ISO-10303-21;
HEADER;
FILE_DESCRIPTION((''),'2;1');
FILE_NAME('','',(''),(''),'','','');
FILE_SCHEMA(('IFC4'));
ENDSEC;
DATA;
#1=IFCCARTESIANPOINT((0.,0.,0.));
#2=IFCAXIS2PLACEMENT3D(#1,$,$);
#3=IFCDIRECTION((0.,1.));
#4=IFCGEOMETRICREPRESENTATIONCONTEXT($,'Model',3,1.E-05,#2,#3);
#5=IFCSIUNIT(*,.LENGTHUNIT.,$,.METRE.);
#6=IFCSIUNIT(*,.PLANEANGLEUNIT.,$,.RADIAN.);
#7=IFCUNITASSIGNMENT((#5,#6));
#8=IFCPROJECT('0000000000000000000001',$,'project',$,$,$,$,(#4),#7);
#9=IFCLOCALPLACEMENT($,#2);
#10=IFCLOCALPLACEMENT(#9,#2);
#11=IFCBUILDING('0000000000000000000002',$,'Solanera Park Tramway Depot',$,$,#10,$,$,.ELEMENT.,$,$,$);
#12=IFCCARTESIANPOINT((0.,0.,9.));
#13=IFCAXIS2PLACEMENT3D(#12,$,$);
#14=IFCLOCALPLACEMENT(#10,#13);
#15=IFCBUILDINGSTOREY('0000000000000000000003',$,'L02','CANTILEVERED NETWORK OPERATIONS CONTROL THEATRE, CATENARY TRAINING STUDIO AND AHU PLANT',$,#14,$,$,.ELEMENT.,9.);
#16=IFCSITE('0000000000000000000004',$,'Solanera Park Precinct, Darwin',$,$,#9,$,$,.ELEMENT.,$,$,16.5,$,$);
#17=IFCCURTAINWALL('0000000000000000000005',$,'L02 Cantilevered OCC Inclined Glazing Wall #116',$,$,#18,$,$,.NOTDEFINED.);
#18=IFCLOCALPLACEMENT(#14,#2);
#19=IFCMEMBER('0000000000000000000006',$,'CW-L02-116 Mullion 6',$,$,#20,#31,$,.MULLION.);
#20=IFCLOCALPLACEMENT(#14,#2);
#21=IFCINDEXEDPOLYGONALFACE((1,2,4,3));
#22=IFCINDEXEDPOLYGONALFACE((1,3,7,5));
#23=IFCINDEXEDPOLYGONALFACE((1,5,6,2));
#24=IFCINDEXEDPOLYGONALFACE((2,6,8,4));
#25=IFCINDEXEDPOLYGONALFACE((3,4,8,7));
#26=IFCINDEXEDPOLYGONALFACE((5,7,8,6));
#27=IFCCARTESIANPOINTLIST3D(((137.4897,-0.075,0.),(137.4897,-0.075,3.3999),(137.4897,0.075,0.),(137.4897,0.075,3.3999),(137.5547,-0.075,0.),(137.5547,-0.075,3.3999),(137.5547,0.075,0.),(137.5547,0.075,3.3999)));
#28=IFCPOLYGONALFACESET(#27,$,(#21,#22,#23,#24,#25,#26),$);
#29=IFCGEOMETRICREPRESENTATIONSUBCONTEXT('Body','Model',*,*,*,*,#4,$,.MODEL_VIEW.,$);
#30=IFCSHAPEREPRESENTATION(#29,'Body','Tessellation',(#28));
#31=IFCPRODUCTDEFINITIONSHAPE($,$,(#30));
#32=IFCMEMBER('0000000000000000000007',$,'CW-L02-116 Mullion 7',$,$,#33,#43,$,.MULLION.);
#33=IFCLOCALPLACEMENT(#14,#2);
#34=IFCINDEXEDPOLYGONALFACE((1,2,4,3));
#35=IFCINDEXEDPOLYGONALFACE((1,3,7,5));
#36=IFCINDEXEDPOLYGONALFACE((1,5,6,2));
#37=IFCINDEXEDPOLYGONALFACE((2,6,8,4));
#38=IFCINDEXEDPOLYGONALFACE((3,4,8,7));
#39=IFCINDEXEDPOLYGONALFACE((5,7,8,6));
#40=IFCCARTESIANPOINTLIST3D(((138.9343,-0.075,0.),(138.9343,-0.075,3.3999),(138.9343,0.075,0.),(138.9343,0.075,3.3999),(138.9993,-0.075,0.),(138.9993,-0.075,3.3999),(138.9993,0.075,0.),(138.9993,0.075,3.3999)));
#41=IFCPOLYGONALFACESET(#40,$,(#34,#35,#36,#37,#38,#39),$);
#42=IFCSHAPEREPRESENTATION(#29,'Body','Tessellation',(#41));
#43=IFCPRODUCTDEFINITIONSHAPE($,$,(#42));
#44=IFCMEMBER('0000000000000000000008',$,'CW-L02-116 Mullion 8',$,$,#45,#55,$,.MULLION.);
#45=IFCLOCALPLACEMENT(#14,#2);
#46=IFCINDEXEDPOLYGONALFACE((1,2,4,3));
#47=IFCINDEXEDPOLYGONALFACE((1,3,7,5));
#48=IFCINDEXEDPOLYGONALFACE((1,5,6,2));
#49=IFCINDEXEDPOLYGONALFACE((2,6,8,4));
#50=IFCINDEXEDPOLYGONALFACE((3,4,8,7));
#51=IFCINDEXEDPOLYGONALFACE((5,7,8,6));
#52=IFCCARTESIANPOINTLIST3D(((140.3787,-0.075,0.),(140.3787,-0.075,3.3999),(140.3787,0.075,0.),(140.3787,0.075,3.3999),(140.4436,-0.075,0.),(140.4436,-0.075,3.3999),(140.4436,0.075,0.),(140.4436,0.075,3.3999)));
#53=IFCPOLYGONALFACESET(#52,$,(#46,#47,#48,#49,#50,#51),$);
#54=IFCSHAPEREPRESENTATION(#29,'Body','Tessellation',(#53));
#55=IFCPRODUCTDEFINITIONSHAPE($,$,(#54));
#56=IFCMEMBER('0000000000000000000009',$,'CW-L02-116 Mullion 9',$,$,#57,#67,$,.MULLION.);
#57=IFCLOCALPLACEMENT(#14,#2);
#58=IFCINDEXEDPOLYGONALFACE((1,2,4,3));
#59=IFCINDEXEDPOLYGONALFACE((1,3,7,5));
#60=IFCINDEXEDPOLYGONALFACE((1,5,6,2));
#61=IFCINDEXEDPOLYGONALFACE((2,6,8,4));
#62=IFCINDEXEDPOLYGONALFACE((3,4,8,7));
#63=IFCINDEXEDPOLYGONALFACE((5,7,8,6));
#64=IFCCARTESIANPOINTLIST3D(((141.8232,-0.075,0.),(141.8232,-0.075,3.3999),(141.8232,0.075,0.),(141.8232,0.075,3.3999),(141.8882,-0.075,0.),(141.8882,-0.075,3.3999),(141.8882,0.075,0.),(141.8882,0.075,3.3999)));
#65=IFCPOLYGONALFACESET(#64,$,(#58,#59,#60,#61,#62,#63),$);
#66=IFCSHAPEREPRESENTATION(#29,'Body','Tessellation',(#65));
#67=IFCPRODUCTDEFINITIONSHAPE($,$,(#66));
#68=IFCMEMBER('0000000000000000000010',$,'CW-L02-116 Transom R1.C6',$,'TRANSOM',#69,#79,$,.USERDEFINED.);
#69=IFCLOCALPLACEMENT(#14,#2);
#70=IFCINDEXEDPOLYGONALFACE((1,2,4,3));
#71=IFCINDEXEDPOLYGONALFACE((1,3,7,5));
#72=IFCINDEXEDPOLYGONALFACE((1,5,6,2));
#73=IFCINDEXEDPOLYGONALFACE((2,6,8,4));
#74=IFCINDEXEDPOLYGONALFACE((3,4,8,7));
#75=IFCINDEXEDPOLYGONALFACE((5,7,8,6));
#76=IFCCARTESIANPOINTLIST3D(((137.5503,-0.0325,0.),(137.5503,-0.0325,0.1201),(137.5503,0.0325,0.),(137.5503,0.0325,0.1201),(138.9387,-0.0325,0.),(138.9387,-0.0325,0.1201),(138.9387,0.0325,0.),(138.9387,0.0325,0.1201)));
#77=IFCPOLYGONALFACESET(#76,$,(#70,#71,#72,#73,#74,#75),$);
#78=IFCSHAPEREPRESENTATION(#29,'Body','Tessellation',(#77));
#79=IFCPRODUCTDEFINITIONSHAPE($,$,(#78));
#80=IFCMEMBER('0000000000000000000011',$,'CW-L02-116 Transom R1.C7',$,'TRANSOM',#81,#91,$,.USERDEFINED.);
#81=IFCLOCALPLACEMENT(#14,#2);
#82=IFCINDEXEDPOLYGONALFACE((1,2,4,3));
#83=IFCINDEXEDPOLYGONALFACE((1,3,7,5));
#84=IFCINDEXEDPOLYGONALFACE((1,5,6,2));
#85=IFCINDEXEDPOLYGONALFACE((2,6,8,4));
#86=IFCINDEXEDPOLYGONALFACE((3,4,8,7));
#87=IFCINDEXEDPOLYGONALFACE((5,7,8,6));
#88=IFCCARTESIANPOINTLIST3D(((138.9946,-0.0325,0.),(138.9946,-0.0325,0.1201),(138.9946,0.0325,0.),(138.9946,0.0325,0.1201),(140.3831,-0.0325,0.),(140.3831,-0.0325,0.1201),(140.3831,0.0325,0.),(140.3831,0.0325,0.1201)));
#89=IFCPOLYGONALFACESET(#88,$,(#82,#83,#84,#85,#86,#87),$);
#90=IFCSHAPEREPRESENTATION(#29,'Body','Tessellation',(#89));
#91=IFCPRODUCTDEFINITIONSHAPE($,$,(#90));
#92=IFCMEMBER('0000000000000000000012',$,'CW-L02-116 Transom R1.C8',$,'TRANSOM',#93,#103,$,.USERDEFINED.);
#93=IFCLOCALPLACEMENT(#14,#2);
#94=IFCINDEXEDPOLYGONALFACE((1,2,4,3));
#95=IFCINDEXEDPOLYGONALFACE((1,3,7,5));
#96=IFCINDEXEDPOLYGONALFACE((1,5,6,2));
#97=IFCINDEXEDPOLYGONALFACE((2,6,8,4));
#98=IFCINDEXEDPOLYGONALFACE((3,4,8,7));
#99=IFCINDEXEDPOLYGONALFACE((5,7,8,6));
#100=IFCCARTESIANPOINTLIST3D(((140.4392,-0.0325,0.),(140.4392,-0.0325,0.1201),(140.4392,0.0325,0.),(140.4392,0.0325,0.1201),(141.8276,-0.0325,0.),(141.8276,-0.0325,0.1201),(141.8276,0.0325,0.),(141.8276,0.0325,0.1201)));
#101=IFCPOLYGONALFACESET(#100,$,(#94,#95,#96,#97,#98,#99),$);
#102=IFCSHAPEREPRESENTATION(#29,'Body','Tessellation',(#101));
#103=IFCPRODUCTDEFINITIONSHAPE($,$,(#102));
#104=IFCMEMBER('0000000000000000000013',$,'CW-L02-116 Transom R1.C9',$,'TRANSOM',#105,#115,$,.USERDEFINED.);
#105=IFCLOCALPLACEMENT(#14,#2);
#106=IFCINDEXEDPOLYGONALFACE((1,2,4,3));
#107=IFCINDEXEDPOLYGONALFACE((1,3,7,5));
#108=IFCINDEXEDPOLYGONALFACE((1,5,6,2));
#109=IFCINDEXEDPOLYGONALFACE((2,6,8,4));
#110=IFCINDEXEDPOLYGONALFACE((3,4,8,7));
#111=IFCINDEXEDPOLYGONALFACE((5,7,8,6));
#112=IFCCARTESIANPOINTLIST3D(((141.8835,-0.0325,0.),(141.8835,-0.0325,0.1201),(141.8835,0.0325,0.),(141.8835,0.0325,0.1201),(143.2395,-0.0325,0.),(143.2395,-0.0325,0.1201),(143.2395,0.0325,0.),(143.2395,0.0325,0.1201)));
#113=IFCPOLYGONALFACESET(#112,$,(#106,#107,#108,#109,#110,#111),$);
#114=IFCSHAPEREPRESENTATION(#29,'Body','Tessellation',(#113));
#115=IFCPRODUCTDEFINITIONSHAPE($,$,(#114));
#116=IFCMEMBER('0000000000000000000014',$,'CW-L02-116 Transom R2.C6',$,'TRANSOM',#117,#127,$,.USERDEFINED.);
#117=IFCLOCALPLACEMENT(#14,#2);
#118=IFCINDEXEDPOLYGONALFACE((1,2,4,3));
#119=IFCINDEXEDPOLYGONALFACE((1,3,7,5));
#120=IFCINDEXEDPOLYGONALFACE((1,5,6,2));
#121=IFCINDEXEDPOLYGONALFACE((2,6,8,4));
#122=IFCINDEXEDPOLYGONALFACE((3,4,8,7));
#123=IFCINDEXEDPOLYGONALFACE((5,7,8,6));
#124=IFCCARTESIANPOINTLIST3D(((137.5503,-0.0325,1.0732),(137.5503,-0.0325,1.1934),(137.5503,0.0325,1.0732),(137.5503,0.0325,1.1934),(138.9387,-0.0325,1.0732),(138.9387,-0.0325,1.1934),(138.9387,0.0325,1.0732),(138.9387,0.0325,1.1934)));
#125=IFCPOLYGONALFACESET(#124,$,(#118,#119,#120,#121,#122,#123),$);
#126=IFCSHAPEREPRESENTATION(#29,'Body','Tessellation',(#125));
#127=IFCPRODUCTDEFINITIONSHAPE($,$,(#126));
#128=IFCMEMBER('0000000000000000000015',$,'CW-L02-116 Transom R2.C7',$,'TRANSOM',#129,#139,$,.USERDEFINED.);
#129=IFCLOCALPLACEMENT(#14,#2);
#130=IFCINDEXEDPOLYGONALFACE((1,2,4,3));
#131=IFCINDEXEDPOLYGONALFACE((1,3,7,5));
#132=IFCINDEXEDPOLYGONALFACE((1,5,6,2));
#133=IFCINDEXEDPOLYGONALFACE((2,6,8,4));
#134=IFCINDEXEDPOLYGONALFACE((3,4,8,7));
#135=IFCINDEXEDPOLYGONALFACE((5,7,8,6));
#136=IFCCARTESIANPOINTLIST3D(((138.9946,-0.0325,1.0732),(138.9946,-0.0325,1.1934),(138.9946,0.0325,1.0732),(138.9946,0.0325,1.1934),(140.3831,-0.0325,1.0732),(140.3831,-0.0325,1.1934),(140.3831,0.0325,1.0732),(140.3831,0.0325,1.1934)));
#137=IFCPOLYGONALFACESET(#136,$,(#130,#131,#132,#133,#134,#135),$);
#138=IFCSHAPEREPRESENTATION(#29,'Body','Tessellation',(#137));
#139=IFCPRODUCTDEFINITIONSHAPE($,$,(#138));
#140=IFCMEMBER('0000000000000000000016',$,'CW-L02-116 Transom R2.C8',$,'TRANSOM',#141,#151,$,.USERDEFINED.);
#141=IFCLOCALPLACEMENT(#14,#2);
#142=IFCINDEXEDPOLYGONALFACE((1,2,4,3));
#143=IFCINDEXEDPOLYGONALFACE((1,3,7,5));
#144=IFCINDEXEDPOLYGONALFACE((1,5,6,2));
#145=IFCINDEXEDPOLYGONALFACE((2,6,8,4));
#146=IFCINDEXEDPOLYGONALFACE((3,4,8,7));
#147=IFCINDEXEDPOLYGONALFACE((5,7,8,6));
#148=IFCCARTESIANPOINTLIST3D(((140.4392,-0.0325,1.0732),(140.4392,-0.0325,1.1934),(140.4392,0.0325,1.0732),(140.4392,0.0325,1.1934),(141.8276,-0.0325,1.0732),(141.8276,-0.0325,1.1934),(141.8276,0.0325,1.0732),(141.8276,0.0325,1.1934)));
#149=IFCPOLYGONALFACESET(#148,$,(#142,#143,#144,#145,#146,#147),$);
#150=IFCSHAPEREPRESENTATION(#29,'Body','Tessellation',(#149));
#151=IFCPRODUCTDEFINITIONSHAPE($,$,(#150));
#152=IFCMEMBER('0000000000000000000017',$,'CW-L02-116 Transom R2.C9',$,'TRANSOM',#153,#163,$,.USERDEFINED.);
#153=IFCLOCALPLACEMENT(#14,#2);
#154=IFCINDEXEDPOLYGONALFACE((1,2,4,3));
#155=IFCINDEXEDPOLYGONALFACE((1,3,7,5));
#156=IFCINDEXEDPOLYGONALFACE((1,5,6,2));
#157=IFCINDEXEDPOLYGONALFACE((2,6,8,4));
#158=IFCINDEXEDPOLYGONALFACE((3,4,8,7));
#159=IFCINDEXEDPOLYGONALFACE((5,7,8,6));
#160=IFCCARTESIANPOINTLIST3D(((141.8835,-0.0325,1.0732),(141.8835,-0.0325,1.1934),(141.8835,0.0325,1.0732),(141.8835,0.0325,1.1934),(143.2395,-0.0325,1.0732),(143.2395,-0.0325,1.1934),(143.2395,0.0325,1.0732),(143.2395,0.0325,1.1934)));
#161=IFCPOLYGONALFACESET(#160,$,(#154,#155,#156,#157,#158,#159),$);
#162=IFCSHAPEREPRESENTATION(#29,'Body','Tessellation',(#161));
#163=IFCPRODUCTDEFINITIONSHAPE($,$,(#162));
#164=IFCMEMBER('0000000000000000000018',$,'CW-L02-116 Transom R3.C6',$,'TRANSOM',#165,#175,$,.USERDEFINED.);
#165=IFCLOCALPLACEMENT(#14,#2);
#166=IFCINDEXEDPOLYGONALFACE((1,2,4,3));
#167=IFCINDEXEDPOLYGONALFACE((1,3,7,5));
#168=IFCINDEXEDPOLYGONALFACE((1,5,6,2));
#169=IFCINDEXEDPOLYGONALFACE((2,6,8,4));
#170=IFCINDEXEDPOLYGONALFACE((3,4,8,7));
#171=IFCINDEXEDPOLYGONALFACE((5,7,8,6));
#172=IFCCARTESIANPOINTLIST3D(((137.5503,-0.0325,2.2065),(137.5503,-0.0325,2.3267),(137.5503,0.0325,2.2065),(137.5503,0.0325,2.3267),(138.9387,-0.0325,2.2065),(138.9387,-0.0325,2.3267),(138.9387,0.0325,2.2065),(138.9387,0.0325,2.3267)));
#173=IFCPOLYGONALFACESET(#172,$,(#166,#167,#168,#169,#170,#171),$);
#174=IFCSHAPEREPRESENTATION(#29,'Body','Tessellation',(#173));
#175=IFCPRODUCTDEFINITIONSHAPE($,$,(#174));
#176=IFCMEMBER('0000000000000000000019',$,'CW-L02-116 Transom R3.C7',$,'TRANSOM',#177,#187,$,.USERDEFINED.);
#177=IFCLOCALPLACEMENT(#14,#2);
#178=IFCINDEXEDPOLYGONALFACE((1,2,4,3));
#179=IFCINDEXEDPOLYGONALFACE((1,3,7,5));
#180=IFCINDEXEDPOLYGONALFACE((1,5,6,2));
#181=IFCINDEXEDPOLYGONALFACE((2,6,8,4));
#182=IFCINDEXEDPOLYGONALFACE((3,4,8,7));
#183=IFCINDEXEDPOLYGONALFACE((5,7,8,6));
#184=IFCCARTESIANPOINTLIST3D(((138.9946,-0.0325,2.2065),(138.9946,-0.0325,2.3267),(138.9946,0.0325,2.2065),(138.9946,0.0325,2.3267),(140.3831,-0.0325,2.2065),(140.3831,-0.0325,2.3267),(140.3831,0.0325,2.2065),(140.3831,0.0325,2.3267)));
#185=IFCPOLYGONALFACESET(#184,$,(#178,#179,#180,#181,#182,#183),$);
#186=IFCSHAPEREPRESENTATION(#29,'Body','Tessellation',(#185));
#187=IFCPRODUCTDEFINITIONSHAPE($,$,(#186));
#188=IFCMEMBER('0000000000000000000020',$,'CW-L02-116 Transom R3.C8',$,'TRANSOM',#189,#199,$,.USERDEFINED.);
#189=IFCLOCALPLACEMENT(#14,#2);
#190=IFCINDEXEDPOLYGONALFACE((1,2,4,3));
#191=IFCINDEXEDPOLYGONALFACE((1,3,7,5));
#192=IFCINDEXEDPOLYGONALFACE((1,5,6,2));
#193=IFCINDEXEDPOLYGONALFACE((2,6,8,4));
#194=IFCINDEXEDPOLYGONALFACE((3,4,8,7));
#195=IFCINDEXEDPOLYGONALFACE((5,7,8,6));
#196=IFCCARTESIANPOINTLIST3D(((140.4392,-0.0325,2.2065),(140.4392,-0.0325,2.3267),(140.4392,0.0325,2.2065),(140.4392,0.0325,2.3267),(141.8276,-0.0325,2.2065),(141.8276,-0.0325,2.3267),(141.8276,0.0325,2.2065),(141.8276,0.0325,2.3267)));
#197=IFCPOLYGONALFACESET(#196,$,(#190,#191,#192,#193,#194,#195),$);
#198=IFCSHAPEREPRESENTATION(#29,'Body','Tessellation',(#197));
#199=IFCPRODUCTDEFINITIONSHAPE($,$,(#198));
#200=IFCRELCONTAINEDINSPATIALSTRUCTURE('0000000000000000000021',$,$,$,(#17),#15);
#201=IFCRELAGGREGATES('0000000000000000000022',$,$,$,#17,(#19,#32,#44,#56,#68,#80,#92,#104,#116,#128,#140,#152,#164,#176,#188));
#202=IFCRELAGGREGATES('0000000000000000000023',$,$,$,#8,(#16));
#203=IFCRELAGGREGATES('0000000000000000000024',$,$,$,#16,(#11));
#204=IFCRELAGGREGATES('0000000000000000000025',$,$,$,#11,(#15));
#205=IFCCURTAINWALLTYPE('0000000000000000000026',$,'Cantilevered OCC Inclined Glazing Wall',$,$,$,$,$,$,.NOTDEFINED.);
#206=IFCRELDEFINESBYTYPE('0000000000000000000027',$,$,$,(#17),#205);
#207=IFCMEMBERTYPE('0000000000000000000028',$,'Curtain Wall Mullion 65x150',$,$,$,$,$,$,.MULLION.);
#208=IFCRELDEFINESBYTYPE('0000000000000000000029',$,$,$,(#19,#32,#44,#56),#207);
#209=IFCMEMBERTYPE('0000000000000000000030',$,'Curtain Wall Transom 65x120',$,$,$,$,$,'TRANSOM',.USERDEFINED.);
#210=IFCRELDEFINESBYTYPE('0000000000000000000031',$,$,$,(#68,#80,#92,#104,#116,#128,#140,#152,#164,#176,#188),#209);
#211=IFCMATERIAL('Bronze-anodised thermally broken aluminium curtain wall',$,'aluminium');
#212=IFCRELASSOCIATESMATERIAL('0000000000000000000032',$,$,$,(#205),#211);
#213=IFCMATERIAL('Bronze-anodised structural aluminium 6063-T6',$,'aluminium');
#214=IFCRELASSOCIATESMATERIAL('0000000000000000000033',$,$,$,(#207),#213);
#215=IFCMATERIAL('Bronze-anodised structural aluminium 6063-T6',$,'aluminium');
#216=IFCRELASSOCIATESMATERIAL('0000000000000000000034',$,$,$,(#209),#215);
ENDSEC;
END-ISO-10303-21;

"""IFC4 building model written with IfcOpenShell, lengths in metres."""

from ifc_helpers import new_model, si_unit, direction, frame, origin, origin_2d, place, context, subcontext, project, spatial, rectangle, extrude, material, material_profile, profile_set, type_object, element, aggregate, save


model = new_model("IFC4")

# Units and contexts
model_context = context("Model", 3, precision=1e-05, world=origin(), true_north=direction((0.0, 1.0)))
body_context = subcontext(model_context, "Body", "Model", "MODEL_VIEW")
ifc_project = project(units=[si_unit("LENGTHUNIT", "METRE"), si_unit("PLANEANGLEUNIT", "RADIAN")], contexts=[model_context])

# Site, building, storey
site_placement = place(None, origin())
site = spatial("IfcSite", under=ifc_project, at=site_placement, Name="Solanera Park Precinct, Darwin", CompositionType="ELEMENT", RefElevation=16.5)
building_placement = place(site_placement, origin())
building = spatial("IfcBuilding", under=site, at=building_placement, Name="Solanera Park Tramway Depot", CompositionType="ELEMENT")
storey_placement = place(building_placement, frame((0.0, 0.0, 9.0)))
storey = spatial("IfcBuildingStorey", under=building, at=storey_placement, Name="L02", Description="CANTILEVERED NETWORK OPERATIONS CONTROL THEATRE, CATENARY TRAINING STUDIO AND AHU PLANT", CompositionType="ELEMENT", Elevation=9.0)

# Curtain wall, members
ifc_material_1 = material(Name="Bronze-anodised thermally broken aluminium curtain wall", Category="aluminium")
curtain_wall_type = type_object("IfcCurtainWallType", Name="Cantilevered OCC Inclined Glazing Wall", PredefinedType="NOTDEFINED", material=ifc_material_1)
curtain_wall_placement = place(storey_placement, origin())
curtain_wall = element("IfcCurtainWall", 1, at=curtain_wall_placement, inside=storey, type_object=curtain_wall_type, Name="L02 Cantilevered OCC Inclined Glazing Wall #116", PredefinedType="NOTDEFINED")
ifc_material_2 = material(Name="Bronze-anodised structural aluminium 6063-T6", Category="aluminium")
ifc_material_profile_1 = material_profile(ifc_material_2, rectangle(XDim=0.0649, YDim=0.1499, at=origin_2d()), Name="Curtain Wall Mullion 65x150")
ifc_profile_set_1 = profile_set([ifc_material_profile_1], Name="Bronze-anodised structural aluminium 6063-T6")
member_type_1 = type_object("IfcMemberType", Name="Curtain Wall Mullion 65x150", PredefinedType="MULLION", material=ifc_profile_set_1)
member_1_placement = place(storey_placement, frame((137.5222, 0.0, 0.0), z_axis=(0.0, 0.0, 1.0), x_axis=(1.0, 0.0, 0.0)))
member_1 = element("IfcMember", 2, at=member_1_placement, type_object=member_type_1, Name="CW-L02-116 Mullion 6", PredefinedType="MULLION", context=body_context, shape_type="SweptSolid", body=[
    extrude(rectangle(XDim=0.0649, YDim=0.1499, at=origin_2d()), origin(), (0.0, 0.0, 1.0), 3.3999),
])
member_2_placement = place(storey_placement, frame((138.9668, 0.0, 0.0), z_axis=(0.0, 0.0, 1.0), x_axis=(1.0, 0.0, 0.0)))
member_2 = element("IfcMember", 3, at=member_2_placement, type_object=member_type_1, Name="CW-L02-116 Mullion 7", PredefinedType="MULLION", context=body_context, shape_type="SweptSolid", body=[
    extrude(rectangle(XDim=0.0649, YDim=0.1499, at=origin_2d()), origin(), (0.0, 0.0, 1.0), 3.3999),
])
member_3_placement = place(storey_placement, frame((140.4111, 0.0, 0.0), z_axis=(0.0, 0.0, 1.0), x_axis=(1.0, 0.0, 0.0)))
member_3 = element("IfcMember", 4, at=member_3_placement, type_object=member_type_1, Name="CW-L02-116 Mullion 8", PredefinedType="MULLION", context=body_context, shape_type="SweptSolid", body=[
    extrude(rectangle(XDim=0.0649, YDim=0.1499, at=origin_2d()), origin(), (0.0, 0.0, 1.0), 3.3999),
])
member_4_placement = place(storey_placement, frame((141.8557, 0.0, 0.0), z_axis=(0.0, 0.0, 1.0), x_axis=(1.0, 0.0, 0.0)))
member_4 = element("IfcMember", 5, at=member_4_placement, type_object=member_type_1, Name="CW-L02-116 Mullion 9", PredefinedType="MULLION", context=body_context, shape_type="SweptSolid", body=[
    extrude(rectangle(XDim=0.0649, YDim=0.1499, at=origin_2d()), origin(), (0.0, 0.0, 1.0), 3.3999),
])
ifc_material_3 = material(Name="Bronze-anodised structural aluminium 6063-T6", Category="aluminium")
ifc_material_profile_2 = material_profile(ifc_material_3, rectangle(XDim=0.0649, YDim=0.1201, at=origin_2d()), Name="Curtain Wall Transom 65x120")
ifc_profile_set_2 = profile_set([ifc_material_profile_2], Name="Bronze-anodised structural aluminium 6063-T6")
member_type_2 = type_object("IfcMemberType", Name="Curtain Wall Transom 65x120", ElementType="TRANSOM", PredefinedType="USERDEFINED", material=ifc_profile_set_2)
member_5_placement = place(storey_placement, frame((137.5503, 0.0, 0.0601), z_axis=(1.0, 0.0, 0.0), x_axis=(0.0, 1.0, 0.0)))
member_5 = element("IfcMember", 6, at=member_5_placement, type_object=member_type_2, Name="CW-L02-116 Transom R1.C6", ObjectType="TRANSOM", PredefinedType="USERDEFINED", context=body_context, shape_type="SweptSolid", body=[
    extrude(rectangle(XDim=0.0649, YDim=0.1201, at=origin_2d()), origin(), (0.0, 0.0, 1.0), 1.3884),
])
member_6_placement = place(storey_placement, frame((138.9946, 0.0, 0.0601), z_axis=(1.0, 0.0, 0.0), x_axis=(0.0, 1.0, 0.0)))
member_6 = element("IfcMember", 7, at=member_6_placement, type_object=member_type_2, Name="CW-L02-116 Transom R1.C7", ObjectType="TRANSOM", PredefinedType="USERDEFINED", context=body_context, shape_type="SweptSolid", body=[
    extrude(rectangle(XDim=0.0649, YDim=0.1201, at=origin_2d()), origin(), (0.0, 0.0, 1.0), 1.3884),
])
member_7_placement = place(storey_placement, frame((140.4392, 0.0, 0.0601), z_axis=(1.0, 0.0, 0.0), x_axis=(0.0, 1.0, 0.0)))
member_7 = element("IfcMember", 8, at=member_7_placement, type_object=member_type_2, Name="CW-L02-116 Transom R1.C8", ObjectType="TRANSOM", PredefinedType="USERDEFINED", context=body_context, shape_type="SweptSolid", body=[
    extrude(rectangle(XDim=0.0649, YDim=0.1201, at=origin_2d()), origin(), (0.0, 0.0, 1.0), 1.3884),
])
member_8_placement = place(storey_placement, frame((141.8835, 0.0, 0.0601), z_axis=(1.0, 0.0, 0.0), x_axis=(0.0, 1.0, 0.0)))
member_8 = element("IfcMember", 9, at=member_8_placement, type_object=member_type_2, Name="CW-L02-116 Transom R1.C9", ObjectType="TRANSOM", PredefinedType="USERDEFINED", context=body_context, shape_type="SweptSolid", body=[
    extrude(rectangle(XDim=0.0649, YDim=0.1201, at=origin_2d()), origin(), (0.0, 0.0, 1.0), 1.356),
])
member_9_placement = place(storey_placement, frame((137.5503, 0.0, 1.1333), z_axis=(1.0, 0.0, 0.0), x_axis=(0.0, 1.0, 0.0)))
member_9 = element("IfcMember", 10, at=member_9_placement, type_object=member_type_2, Name="CW-L02-116 Transom R2.C6", ObjectType="TRANSOM", PredefinedType="USERDEFINED", context=body_context, shape_type="SweptSolid", body=[
    extrude(rectangle(XDim=0.0649, YDim=0.1201, at=origin_2d()), origin(), (0.0, 0.0, 1.0), 1.3884),
])
member_10_placement = place(storey_placement, frame((138.9946, 0.0, 1.1333), z_axis=(1.0, 0.0, 0.0), x_axis=(0.0, 1.0, 0.0)))
member_10 = element("IfcMember", 11, at=member_10_placement, type_object=member_type_2, Name="CW-L02-116 Transom R2.C7", ObjectType="TRANSOM", PredefinedType="USERDEFINED", context=body_context, shape_type="SweptSolid", body=[
    extrude(rectangle(XDim=0.0649, YDim=0.1201, at=origin_2d()), origin(), (0.0, 0.0, 1.0), 1.3884),
])
member_11_placement = place(storey_placement, frame((140.4392, 0.0, 1.1333), z_axis=(1.0, 0.0, 0.0), x_axis=(0.0, 1.0, 0.0)))
member_11 = element("IfcMember", 12, at=member_11_placement, type_object=member_type_2, Name="CW-L02-116 Transom R2.C8", ObjectType="TRANSOM", PredefinedType="USERDEFINED", context=body_context, shape_type="SweptSolid", body=[
    extrude(rectangle(XDim=0.0649, YDim=0.1201, at=origin_2d()), origin(), (0.0, 0.0, 1.0), 1.3884),
])
member_12_placement = place(storey_placement, frame((141.8835, 0.0, 1.1333), z_axis=(1.0, 0.0, 0.0), x_axis=(0.0, 1.0, 0.0)))
member_12 = element("IfcMember", 13, at=member_12_placement, type_object=member_type_2, Name="CW-L02-116 Transom R2.C9", ObjectType="TRANSOM", PredefinedType="USERDEFINED", context=body_context, shape_type="SweptSolid", body=[
    extrude(rectangle(XDim=0.0649, YDim=0.1201, at=origin_2d()), origin(), (0.0, 0.0, 1.0), 1.356),
])
member_13_placement = place(storey_placement, frame((137.5503, 0.0, 2.2666), z_axis=(1.0, 0.0, 0.0), x_axis=(0.0, 1.0, 0.0)))
member_13 = element("IfcMember", 14, at=member_13_placement, type_object=member_type_2, Name="CW-L02-116 Transom R3.C6", ObjectType="TRANSOM", PredefinedType="USERDEFINED", context=body_context, shape_type="SweptSolid", body=[
    extrude(rectangle(XDim=0.0649, YDim=0.1201, at=origin_2d()), origin(), (0.0, 0.0, 1.0), 1.3884),
])
member_14_placement = place(storey_placement, frame((138.9946, 0.0, 2.2666), z_axis=(1.0, 0.0, 0.0), x_axis=(0.0, 1.0, 0.0)))
member_14 = element("IfcMember", 15, at=member_14_placement, type_object=member_type_2, Name="CW-L02-116 Transom R3.C7", ObjectType="TRANSOM", PredefinedType="USERDEFINED", context=body_context, shape_type="SweptSolid", body=[
    extrude(rectangle(XDim=0.0649, YDim=0.1201, at=origin_2d()), origin(), (0.0, 0.0, 1.0), 1.3884),
])
member_15_placement = place(storey_placement, frame((140.4392, 0.0, 2.2666), z_axis=(1.0, 0.0, 0.0), x_axis=(0.0, 1.0, 0.0)))
member_15 = element("IfcMember", 16, at=member_15_placement, type_object=member_type_2, Name="CW-L02-116 Transom R3.C8", ObjectType="TRANSOM", PredefinedType="USERDEFINED", context=body_context, shape_type="SweptSolid", body=[
    extrude(rectangle(XDim=0.0649, YDim=0.1201, at=origin_2d()), origin(), (0.0, 0.0, 1.0), 1.3884),
])
aggregate(curtain_wall, [member_1, member_2, member_3, member_4, member_5, member_6, member_7, member_8, member_9, member_10, member_11, member_12, member_13, member_14, member_15])

save(model, "model.ifc")
